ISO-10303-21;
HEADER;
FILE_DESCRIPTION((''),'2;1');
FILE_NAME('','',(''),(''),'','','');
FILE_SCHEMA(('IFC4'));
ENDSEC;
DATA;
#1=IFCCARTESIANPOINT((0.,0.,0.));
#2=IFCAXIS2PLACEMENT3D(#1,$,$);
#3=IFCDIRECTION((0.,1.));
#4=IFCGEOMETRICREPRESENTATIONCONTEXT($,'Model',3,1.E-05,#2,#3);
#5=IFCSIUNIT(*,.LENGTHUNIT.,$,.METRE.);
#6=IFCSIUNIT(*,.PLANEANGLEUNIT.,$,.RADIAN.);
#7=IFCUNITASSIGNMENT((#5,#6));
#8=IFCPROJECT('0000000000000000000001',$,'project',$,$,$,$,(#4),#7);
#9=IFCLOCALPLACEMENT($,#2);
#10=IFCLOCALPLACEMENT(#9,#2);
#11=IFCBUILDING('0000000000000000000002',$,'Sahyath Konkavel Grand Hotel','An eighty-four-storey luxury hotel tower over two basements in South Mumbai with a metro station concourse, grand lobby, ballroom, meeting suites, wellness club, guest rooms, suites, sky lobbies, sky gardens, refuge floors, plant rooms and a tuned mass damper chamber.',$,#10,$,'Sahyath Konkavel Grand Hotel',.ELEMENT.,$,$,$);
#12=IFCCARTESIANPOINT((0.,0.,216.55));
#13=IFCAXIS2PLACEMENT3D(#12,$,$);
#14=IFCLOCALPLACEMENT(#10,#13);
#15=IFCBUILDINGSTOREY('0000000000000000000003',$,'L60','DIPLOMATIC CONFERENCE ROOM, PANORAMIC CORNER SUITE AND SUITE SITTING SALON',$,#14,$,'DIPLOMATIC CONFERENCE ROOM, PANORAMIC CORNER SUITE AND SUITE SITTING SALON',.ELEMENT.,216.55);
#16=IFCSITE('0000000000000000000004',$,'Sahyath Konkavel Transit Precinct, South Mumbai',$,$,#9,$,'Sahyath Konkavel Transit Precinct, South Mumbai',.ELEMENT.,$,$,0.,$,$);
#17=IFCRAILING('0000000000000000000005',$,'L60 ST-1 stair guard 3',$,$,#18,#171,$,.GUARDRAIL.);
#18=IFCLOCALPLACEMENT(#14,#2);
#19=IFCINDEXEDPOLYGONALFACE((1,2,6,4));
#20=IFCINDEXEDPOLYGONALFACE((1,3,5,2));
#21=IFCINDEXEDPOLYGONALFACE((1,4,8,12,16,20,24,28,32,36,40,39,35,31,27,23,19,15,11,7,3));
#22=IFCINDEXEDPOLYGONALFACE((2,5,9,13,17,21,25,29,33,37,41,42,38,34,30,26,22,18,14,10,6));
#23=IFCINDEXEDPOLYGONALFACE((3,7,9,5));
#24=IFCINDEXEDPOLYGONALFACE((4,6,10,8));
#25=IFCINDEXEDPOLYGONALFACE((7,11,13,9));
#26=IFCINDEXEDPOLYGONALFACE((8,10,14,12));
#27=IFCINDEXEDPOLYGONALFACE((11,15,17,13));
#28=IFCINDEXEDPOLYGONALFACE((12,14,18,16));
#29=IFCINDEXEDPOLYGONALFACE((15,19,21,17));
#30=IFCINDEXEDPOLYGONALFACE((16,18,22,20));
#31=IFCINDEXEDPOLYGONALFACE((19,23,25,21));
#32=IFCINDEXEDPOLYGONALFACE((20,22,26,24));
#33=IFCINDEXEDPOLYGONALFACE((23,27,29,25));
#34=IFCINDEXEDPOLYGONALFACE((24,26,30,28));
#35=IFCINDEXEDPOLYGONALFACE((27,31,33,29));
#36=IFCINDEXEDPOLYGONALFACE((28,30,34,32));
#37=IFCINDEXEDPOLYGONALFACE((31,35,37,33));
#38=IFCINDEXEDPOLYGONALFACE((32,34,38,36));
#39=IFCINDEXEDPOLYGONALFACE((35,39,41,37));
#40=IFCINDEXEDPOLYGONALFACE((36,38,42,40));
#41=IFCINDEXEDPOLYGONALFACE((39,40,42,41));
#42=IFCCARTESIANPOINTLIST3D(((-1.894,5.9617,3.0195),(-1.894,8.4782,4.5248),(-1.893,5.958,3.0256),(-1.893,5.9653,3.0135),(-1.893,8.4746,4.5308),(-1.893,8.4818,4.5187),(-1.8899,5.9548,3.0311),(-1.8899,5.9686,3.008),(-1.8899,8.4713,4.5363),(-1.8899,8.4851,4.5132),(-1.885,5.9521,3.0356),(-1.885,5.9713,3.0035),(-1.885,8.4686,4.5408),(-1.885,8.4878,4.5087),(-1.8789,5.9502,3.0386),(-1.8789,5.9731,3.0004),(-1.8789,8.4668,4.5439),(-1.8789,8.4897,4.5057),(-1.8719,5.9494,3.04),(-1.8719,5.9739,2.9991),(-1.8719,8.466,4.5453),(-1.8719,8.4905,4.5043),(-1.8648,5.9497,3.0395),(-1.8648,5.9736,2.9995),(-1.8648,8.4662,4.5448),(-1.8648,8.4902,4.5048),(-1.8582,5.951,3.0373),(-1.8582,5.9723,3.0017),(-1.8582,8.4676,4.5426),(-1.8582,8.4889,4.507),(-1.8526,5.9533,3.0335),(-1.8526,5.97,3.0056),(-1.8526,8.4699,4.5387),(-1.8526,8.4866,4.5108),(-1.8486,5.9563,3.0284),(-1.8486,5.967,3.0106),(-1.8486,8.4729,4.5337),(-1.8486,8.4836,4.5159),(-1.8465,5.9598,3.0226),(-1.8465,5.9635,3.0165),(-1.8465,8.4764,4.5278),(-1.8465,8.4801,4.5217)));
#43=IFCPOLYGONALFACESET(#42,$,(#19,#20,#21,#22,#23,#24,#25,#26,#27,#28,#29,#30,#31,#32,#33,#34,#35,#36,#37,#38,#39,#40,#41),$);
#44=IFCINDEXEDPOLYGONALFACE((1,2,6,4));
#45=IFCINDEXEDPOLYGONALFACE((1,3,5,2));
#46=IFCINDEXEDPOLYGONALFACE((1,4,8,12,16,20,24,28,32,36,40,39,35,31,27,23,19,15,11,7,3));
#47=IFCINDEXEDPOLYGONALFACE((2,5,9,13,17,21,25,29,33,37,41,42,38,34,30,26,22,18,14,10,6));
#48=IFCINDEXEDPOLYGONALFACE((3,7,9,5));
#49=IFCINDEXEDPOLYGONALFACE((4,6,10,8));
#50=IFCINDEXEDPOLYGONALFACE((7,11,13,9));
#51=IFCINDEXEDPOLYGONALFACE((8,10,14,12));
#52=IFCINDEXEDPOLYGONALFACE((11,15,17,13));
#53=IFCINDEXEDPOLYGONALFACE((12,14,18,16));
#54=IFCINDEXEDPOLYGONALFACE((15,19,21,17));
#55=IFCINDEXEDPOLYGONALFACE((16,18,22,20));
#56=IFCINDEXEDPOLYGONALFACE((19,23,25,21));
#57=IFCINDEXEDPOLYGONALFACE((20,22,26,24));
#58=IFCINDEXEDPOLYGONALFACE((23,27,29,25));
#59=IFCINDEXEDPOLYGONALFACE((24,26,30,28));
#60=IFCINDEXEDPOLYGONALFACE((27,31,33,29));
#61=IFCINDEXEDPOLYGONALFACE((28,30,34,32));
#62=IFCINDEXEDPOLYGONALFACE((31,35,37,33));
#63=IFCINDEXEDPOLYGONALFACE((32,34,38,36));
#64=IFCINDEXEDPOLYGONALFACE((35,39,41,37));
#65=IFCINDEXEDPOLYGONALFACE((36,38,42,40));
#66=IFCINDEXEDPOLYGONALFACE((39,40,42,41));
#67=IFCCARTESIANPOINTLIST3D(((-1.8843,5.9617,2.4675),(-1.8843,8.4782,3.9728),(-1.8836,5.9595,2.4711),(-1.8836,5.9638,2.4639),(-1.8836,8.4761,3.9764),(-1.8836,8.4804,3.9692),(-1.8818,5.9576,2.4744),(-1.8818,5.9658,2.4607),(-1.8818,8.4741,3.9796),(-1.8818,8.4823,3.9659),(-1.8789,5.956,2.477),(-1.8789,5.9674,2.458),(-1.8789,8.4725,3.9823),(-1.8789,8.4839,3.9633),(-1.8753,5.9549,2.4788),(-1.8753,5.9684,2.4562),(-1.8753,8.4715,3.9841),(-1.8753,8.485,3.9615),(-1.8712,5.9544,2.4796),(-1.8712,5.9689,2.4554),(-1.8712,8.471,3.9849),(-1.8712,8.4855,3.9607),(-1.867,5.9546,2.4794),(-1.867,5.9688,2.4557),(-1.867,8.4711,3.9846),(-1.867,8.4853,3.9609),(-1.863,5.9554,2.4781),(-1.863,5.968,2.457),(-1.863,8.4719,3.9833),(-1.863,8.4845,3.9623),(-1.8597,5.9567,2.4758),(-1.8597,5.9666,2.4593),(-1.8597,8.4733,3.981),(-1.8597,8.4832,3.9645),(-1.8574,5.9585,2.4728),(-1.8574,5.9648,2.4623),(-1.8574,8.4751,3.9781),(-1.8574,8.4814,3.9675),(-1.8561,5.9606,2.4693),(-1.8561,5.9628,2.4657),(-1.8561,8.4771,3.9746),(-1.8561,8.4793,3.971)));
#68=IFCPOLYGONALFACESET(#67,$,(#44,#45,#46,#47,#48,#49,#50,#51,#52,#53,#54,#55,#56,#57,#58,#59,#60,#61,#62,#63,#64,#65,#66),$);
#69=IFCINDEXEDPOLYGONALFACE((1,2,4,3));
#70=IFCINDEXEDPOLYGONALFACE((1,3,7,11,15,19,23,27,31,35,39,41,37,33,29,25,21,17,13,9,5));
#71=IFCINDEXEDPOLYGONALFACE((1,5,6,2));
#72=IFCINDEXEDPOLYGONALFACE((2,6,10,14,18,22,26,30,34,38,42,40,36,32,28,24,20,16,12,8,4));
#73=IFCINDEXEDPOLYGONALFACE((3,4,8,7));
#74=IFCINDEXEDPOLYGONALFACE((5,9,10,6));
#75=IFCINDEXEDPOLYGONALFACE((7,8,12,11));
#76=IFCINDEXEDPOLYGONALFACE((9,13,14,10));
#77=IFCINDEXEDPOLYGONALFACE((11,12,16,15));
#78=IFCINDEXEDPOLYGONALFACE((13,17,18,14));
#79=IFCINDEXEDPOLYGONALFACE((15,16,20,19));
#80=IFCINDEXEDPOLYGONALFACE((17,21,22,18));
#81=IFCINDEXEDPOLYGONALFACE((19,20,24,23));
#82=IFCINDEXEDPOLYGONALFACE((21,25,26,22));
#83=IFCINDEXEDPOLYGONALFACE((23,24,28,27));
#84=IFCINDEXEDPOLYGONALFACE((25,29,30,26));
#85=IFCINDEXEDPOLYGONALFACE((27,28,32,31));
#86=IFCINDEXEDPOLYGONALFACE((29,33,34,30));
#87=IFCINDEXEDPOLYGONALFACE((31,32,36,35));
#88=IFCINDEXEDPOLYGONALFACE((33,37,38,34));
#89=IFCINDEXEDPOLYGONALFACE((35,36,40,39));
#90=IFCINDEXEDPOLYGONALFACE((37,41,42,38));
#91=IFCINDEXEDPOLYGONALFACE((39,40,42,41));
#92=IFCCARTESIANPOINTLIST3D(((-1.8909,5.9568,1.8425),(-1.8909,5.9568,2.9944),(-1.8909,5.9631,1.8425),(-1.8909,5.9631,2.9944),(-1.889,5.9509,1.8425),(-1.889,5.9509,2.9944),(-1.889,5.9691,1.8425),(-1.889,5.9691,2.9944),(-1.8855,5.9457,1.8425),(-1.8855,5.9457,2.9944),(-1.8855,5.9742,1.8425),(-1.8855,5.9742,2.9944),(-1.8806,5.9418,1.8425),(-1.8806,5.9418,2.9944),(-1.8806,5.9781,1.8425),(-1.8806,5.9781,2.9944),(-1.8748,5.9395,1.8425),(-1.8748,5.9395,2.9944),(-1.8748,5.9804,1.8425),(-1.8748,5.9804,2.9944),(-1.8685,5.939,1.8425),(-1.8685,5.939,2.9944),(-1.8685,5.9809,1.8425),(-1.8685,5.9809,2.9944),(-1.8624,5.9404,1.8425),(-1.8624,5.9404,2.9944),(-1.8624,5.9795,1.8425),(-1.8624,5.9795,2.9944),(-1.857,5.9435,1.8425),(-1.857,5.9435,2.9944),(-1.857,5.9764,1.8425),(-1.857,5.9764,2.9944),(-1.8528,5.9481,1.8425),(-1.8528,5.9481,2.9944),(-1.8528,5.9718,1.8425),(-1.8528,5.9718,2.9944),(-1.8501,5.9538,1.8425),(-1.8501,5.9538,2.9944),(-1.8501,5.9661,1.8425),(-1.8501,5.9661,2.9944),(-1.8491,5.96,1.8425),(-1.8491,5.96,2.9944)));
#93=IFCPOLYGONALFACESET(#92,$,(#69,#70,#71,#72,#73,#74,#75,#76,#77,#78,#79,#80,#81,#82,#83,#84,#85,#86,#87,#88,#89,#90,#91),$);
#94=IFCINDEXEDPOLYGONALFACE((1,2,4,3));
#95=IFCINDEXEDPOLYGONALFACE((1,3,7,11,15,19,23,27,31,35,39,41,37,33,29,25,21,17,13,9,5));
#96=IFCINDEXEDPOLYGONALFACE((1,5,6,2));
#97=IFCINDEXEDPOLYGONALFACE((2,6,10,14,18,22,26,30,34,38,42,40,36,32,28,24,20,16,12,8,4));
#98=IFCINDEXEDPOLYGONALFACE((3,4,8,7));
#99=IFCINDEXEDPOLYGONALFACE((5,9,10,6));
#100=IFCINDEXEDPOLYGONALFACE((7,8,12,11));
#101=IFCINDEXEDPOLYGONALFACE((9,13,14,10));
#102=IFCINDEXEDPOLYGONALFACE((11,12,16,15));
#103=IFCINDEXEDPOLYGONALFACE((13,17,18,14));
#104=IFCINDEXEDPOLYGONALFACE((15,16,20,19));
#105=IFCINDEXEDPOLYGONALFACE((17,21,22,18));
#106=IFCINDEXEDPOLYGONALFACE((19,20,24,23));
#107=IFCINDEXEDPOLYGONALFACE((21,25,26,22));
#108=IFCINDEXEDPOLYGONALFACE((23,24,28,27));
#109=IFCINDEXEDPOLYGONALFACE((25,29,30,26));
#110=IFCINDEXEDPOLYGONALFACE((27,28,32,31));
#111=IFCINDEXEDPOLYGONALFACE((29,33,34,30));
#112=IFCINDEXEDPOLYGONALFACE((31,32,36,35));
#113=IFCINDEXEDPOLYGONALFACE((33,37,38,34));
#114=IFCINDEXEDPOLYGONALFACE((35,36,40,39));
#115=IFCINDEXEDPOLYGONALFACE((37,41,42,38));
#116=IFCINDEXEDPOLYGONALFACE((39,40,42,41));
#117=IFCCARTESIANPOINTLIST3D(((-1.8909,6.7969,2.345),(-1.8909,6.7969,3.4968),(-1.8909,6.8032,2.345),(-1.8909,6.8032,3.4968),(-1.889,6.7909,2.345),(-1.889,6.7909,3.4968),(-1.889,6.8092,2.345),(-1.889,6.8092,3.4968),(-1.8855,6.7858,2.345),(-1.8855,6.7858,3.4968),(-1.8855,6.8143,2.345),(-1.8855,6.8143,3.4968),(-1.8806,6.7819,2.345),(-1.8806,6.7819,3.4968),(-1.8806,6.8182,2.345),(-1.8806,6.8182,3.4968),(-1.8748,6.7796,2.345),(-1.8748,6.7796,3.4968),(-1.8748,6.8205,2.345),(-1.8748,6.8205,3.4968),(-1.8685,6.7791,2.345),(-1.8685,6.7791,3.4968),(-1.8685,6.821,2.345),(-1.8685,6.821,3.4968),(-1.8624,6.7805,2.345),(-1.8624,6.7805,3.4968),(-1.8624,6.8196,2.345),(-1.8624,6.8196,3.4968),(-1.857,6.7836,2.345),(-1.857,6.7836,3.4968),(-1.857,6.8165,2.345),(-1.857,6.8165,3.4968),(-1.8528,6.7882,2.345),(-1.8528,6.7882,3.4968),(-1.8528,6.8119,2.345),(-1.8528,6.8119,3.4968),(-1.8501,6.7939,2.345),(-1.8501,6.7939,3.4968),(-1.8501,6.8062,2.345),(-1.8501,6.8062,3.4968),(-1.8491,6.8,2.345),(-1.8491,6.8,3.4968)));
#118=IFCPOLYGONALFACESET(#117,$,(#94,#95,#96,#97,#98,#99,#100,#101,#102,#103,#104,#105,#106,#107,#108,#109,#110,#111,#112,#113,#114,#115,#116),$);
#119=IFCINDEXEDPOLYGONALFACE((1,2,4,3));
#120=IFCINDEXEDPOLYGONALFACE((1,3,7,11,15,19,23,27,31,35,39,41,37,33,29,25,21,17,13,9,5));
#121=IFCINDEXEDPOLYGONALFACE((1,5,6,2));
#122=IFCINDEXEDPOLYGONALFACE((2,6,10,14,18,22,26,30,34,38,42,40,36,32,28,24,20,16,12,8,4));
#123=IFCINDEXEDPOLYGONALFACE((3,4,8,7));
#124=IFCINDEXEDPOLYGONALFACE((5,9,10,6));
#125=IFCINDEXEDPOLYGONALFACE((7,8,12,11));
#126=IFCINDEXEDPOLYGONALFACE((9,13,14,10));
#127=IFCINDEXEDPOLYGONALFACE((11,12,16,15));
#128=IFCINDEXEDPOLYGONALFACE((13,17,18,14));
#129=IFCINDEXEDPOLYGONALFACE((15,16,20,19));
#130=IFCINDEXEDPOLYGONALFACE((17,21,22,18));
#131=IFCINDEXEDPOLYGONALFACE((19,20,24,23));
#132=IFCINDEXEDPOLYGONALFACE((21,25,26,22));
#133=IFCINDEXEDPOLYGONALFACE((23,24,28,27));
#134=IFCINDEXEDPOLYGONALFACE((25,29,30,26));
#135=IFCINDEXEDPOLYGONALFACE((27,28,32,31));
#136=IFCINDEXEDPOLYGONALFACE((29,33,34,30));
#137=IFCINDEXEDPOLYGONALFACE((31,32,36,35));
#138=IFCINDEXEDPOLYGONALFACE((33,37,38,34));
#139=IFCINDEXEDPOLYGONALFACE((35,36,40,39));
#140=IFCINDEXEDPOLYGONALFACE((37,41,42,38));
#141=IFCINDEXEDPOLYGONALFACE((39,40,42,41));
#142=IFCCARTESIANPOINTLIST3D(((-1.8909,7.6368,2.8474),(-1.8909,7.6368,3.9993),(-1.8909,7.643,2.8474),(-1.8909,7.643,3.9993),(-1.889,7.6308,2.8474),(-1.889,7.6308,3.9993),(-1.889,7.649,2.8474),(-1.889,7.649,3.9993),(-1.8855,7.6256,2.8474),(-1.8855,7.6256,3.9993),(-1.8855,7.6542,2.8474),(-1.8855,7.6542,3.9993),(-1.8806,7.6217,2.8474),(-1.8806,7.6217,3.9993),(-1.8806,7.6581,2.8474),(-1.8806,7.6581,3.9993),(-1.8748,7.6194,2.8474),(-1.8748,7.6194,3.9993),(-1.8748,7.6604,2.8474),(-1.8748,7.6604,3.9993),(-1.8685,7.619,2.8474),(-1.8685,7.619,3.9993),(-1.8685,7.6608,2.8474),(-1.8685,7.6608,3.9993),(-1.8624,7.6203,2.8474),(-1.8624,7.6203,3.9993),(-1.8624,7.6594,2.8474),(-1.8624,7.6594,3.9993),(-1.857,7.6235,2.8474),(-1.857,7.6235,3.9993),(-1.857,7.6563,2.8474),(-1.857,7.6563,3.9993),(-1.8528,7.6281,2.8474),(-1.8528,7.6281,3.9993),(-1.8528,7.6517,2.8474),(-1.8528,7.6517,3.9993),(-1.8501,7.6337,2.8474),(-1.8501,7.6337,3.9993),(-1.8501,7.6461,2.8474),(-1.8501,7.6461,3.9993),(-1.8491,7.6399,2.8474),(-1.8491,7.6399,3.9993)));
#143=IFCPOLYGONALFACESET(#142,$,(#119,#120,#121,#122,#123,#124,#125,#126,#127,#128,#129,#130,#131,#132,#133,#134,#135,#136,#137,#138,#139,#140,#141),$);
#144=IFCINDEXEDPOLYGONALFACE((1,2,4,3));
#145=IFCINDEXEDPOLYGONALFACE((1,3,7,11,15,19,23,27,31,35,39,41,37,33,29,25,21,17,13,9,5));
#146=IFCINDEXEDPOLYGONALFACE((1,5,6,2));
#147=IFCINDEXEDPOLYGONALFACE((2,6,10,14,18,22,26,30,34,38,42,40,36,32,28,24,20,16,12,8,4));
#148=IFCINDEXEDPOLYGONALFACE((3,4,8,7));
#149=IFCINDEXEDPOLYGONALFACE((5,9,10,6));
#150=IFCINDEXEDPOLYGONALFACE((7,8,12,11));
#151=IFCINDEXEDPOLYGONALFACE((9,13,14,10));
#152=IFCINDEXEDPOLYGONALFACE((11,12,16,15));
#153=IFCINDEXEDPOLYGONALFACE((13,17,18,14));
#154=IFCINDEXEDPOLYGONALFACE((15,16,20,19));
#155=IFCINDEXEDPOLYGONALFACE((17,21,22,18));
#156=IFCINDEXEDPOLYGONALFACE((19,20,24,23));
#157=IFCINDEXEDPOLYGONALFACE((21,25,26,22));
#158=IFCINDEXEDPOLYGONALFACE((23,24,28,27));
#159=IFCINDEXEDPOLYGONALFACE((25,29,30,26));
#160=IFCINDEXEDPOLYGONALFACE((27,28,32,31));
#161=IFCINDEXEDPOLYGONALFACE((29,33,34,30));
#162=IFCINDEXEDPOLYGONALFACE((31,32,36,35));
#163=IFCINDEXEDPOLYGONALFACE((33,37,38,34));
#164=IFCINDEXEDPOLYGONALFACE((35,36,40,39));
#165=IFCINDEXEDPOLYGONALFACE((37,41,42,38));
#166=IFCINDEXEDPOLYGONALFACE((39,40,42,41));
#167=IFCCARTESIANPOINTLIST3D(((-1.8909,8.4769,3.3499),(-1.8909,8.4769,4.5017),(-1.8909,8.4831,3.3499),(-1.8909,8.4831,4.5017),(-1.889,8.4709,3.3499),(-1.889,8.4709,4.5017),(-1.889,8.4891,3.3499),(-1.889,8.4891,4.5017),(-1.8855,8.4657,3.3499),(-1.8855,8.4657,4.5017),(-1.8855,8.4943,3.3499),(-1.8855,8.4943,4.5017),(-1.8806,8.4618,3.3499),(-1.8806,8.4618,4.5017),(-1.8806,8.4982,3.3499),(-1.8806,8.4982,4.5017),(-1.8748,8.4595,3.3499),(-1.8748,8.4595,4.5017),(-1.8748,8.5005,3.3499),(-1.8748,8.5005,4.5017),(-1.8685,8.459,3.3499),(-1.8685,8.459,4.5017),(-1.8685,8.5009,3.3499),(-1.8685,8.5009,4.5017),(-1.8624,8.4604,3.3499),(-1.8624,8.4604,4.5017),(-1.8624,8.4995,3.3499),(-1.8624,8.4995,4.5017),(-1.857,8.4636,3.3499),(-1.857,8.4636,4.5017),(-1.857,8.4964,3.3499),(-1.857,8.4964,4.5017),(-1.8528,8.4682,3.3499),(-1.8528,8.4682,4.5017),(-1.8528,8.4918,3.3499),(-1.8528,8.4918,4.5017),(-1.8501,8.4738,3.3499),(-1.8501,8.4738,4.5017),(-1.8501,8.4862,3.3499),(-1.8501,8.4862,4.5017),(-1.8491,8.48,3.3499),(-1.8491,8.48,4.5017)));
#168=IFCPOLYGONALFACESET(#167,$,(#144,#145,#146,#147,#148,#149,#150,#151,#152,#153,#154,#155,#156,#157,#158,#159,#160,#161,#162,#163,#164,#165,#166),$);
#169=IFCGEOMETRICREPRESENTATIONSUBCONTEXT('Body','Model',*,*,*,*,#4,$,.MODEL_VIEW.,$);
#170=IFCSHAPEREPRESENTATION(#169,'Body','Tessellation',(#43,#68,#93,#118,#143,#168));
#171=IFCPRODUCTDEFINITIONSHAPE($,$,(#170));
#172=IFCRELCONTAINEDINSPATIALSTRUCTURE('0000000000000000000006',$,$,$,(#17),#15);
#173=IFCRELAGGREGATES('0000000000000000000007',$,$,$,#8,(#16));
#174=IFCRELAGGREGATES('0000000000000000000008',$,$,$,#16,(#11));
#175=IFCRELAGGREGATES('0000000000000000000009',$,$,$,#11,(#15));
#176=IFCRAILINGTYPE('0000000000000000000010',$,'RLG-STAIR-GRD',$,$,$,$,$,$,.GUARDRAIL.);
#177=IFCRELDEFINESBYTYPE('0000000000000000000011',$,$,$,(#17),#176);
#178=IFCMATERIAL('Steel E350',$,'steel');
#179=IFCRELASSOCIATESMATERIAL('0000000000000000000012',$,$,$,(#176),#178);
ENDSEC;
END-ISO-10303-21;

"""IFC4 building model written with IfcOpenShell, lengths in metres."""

from ifc_helpers import new_model, si_unit, direction, frame, origin, origin_2d, place, context, subcontext, project, spatial, circle, extrude, material, type_object, element, save


model = new_model("IFC4")

# Units and contexts
model_context = context("Model", 3, precision=1e-05, world=origin(), true_north=direction((0.0, 1.0)))
body_context = subcontext(model_context, "Body", "Model", "MODEL_VIEW")
ifc_project = project(units=[si_unit("LENGTHUNIT", "METRE"), si_unit("PLANEANGLEUNIT", "RADIAN")], contexts=[model_context])

# Site, building, storey
site_placement = place(None, origin())
site = spatial("IfcSite", under=ifc_project, at=site_placement, Name="Sahyath Konkavel Transit Precinct, South Mumbai", LongName="Sahyath Konkavel Transit Precinct, South Mumbai", CompositionType="ELEMENT", RefElevation=0.0)
building_placement = place(site_placement, origin())
building = spatial("IfcBuilding", under=site, at=building_placement, Name="Sahyath Konkavel Grand Hotel", Description="An eighty-four-storey luxury hotel tower over two basements in South Mumbai with a metro station concourse, grand lobby, ballroom, meeting suites, wellness club, guest rooms, suites, sky lobbies, sky gardens, refuge floors, plant rooms and a tuned mass damper chamber.", LongName="Sahyath Konkavel Grand Hotel", CompositionType="ELEMENT")
storey_placement = place(building_placement, frame((0.0, 0.0, 216.55)))
storey = spatial("IfcBuildingStorey", under=building, at=storey_placement, Name="L60", Description="DIPLOMATIC CONFERENCE ROOM, PANORAMIC CORNER SUITE AND SUITE SITTING SALON", LongName="DIPLOMATIC CONFERENCE ROOM, PANORAMIC CORNER SUITE AND SUITE SITTING SALON", CompositionType="ELEMENT", Elevation=216.55)

# Shared definitions
ifc_material_1 = material(Name="Steel E350", Category="steel")

# Railing
railing_type_1 = type_object("IfcRailingType", Name="RLG-STAIR-GRD", PredefinedType="GUARDRAIL", material=ifc_material_1)
railing_1_placement = place(storey_placement, frame((-1.8701, 5.96, 1.8425)))
element("IfcRailing", 1, at=railing_1_placement, inside=storey, type_object=railing_type_1, Name="L60 ST-1 stair guard 3", PredefinedType="GUARDRAIL", context=body_context, shape_type="SweptSolid", body=[
    extrude(circle(Radius=0.0239, at=origin_2d()), frame((0.0, 0.0017, 1.177), z_axis=(0.0, 0.858196, 0.513321), x_axis=(-1.0, 0.0, 0.0)), (0.0, 0.0, 1.0), 2.9324),
    extrude(circle(Radius=0.0142, at=origin_2d()), frame((0.0, 0.0017, 0.625), z_axis=(0.0, 0.858196, 0.513321), x_axis=(-1.0, 0.0, 0.0)), (0.0, 0.0, 1.0), 2.9324),
    extrude(circle(Radius=0.021, at=origin_2d()), origin(), (0.0, 0.0, 1.0), 1.1519),
    extrude(circle(Radius=0.021, at=origin_2d()), frame((0.0, 0.8401, 0.5024)), (0.0, 0.0, 1.0), 1.1519),
    extrude(circle(Radius=0.021, at=origin_2d()), frame((0.0, 1.6799, 1.0049)), (0.0, 0.0, 1.0), 1.1519),
    extrude(circle(Radius=0.021, at=origin_2d()), frame((0.0, 2.52, 1.5073)), (0.0, 0.0, 1.0), 1.1519),
])

save(model, "model.ifc")
